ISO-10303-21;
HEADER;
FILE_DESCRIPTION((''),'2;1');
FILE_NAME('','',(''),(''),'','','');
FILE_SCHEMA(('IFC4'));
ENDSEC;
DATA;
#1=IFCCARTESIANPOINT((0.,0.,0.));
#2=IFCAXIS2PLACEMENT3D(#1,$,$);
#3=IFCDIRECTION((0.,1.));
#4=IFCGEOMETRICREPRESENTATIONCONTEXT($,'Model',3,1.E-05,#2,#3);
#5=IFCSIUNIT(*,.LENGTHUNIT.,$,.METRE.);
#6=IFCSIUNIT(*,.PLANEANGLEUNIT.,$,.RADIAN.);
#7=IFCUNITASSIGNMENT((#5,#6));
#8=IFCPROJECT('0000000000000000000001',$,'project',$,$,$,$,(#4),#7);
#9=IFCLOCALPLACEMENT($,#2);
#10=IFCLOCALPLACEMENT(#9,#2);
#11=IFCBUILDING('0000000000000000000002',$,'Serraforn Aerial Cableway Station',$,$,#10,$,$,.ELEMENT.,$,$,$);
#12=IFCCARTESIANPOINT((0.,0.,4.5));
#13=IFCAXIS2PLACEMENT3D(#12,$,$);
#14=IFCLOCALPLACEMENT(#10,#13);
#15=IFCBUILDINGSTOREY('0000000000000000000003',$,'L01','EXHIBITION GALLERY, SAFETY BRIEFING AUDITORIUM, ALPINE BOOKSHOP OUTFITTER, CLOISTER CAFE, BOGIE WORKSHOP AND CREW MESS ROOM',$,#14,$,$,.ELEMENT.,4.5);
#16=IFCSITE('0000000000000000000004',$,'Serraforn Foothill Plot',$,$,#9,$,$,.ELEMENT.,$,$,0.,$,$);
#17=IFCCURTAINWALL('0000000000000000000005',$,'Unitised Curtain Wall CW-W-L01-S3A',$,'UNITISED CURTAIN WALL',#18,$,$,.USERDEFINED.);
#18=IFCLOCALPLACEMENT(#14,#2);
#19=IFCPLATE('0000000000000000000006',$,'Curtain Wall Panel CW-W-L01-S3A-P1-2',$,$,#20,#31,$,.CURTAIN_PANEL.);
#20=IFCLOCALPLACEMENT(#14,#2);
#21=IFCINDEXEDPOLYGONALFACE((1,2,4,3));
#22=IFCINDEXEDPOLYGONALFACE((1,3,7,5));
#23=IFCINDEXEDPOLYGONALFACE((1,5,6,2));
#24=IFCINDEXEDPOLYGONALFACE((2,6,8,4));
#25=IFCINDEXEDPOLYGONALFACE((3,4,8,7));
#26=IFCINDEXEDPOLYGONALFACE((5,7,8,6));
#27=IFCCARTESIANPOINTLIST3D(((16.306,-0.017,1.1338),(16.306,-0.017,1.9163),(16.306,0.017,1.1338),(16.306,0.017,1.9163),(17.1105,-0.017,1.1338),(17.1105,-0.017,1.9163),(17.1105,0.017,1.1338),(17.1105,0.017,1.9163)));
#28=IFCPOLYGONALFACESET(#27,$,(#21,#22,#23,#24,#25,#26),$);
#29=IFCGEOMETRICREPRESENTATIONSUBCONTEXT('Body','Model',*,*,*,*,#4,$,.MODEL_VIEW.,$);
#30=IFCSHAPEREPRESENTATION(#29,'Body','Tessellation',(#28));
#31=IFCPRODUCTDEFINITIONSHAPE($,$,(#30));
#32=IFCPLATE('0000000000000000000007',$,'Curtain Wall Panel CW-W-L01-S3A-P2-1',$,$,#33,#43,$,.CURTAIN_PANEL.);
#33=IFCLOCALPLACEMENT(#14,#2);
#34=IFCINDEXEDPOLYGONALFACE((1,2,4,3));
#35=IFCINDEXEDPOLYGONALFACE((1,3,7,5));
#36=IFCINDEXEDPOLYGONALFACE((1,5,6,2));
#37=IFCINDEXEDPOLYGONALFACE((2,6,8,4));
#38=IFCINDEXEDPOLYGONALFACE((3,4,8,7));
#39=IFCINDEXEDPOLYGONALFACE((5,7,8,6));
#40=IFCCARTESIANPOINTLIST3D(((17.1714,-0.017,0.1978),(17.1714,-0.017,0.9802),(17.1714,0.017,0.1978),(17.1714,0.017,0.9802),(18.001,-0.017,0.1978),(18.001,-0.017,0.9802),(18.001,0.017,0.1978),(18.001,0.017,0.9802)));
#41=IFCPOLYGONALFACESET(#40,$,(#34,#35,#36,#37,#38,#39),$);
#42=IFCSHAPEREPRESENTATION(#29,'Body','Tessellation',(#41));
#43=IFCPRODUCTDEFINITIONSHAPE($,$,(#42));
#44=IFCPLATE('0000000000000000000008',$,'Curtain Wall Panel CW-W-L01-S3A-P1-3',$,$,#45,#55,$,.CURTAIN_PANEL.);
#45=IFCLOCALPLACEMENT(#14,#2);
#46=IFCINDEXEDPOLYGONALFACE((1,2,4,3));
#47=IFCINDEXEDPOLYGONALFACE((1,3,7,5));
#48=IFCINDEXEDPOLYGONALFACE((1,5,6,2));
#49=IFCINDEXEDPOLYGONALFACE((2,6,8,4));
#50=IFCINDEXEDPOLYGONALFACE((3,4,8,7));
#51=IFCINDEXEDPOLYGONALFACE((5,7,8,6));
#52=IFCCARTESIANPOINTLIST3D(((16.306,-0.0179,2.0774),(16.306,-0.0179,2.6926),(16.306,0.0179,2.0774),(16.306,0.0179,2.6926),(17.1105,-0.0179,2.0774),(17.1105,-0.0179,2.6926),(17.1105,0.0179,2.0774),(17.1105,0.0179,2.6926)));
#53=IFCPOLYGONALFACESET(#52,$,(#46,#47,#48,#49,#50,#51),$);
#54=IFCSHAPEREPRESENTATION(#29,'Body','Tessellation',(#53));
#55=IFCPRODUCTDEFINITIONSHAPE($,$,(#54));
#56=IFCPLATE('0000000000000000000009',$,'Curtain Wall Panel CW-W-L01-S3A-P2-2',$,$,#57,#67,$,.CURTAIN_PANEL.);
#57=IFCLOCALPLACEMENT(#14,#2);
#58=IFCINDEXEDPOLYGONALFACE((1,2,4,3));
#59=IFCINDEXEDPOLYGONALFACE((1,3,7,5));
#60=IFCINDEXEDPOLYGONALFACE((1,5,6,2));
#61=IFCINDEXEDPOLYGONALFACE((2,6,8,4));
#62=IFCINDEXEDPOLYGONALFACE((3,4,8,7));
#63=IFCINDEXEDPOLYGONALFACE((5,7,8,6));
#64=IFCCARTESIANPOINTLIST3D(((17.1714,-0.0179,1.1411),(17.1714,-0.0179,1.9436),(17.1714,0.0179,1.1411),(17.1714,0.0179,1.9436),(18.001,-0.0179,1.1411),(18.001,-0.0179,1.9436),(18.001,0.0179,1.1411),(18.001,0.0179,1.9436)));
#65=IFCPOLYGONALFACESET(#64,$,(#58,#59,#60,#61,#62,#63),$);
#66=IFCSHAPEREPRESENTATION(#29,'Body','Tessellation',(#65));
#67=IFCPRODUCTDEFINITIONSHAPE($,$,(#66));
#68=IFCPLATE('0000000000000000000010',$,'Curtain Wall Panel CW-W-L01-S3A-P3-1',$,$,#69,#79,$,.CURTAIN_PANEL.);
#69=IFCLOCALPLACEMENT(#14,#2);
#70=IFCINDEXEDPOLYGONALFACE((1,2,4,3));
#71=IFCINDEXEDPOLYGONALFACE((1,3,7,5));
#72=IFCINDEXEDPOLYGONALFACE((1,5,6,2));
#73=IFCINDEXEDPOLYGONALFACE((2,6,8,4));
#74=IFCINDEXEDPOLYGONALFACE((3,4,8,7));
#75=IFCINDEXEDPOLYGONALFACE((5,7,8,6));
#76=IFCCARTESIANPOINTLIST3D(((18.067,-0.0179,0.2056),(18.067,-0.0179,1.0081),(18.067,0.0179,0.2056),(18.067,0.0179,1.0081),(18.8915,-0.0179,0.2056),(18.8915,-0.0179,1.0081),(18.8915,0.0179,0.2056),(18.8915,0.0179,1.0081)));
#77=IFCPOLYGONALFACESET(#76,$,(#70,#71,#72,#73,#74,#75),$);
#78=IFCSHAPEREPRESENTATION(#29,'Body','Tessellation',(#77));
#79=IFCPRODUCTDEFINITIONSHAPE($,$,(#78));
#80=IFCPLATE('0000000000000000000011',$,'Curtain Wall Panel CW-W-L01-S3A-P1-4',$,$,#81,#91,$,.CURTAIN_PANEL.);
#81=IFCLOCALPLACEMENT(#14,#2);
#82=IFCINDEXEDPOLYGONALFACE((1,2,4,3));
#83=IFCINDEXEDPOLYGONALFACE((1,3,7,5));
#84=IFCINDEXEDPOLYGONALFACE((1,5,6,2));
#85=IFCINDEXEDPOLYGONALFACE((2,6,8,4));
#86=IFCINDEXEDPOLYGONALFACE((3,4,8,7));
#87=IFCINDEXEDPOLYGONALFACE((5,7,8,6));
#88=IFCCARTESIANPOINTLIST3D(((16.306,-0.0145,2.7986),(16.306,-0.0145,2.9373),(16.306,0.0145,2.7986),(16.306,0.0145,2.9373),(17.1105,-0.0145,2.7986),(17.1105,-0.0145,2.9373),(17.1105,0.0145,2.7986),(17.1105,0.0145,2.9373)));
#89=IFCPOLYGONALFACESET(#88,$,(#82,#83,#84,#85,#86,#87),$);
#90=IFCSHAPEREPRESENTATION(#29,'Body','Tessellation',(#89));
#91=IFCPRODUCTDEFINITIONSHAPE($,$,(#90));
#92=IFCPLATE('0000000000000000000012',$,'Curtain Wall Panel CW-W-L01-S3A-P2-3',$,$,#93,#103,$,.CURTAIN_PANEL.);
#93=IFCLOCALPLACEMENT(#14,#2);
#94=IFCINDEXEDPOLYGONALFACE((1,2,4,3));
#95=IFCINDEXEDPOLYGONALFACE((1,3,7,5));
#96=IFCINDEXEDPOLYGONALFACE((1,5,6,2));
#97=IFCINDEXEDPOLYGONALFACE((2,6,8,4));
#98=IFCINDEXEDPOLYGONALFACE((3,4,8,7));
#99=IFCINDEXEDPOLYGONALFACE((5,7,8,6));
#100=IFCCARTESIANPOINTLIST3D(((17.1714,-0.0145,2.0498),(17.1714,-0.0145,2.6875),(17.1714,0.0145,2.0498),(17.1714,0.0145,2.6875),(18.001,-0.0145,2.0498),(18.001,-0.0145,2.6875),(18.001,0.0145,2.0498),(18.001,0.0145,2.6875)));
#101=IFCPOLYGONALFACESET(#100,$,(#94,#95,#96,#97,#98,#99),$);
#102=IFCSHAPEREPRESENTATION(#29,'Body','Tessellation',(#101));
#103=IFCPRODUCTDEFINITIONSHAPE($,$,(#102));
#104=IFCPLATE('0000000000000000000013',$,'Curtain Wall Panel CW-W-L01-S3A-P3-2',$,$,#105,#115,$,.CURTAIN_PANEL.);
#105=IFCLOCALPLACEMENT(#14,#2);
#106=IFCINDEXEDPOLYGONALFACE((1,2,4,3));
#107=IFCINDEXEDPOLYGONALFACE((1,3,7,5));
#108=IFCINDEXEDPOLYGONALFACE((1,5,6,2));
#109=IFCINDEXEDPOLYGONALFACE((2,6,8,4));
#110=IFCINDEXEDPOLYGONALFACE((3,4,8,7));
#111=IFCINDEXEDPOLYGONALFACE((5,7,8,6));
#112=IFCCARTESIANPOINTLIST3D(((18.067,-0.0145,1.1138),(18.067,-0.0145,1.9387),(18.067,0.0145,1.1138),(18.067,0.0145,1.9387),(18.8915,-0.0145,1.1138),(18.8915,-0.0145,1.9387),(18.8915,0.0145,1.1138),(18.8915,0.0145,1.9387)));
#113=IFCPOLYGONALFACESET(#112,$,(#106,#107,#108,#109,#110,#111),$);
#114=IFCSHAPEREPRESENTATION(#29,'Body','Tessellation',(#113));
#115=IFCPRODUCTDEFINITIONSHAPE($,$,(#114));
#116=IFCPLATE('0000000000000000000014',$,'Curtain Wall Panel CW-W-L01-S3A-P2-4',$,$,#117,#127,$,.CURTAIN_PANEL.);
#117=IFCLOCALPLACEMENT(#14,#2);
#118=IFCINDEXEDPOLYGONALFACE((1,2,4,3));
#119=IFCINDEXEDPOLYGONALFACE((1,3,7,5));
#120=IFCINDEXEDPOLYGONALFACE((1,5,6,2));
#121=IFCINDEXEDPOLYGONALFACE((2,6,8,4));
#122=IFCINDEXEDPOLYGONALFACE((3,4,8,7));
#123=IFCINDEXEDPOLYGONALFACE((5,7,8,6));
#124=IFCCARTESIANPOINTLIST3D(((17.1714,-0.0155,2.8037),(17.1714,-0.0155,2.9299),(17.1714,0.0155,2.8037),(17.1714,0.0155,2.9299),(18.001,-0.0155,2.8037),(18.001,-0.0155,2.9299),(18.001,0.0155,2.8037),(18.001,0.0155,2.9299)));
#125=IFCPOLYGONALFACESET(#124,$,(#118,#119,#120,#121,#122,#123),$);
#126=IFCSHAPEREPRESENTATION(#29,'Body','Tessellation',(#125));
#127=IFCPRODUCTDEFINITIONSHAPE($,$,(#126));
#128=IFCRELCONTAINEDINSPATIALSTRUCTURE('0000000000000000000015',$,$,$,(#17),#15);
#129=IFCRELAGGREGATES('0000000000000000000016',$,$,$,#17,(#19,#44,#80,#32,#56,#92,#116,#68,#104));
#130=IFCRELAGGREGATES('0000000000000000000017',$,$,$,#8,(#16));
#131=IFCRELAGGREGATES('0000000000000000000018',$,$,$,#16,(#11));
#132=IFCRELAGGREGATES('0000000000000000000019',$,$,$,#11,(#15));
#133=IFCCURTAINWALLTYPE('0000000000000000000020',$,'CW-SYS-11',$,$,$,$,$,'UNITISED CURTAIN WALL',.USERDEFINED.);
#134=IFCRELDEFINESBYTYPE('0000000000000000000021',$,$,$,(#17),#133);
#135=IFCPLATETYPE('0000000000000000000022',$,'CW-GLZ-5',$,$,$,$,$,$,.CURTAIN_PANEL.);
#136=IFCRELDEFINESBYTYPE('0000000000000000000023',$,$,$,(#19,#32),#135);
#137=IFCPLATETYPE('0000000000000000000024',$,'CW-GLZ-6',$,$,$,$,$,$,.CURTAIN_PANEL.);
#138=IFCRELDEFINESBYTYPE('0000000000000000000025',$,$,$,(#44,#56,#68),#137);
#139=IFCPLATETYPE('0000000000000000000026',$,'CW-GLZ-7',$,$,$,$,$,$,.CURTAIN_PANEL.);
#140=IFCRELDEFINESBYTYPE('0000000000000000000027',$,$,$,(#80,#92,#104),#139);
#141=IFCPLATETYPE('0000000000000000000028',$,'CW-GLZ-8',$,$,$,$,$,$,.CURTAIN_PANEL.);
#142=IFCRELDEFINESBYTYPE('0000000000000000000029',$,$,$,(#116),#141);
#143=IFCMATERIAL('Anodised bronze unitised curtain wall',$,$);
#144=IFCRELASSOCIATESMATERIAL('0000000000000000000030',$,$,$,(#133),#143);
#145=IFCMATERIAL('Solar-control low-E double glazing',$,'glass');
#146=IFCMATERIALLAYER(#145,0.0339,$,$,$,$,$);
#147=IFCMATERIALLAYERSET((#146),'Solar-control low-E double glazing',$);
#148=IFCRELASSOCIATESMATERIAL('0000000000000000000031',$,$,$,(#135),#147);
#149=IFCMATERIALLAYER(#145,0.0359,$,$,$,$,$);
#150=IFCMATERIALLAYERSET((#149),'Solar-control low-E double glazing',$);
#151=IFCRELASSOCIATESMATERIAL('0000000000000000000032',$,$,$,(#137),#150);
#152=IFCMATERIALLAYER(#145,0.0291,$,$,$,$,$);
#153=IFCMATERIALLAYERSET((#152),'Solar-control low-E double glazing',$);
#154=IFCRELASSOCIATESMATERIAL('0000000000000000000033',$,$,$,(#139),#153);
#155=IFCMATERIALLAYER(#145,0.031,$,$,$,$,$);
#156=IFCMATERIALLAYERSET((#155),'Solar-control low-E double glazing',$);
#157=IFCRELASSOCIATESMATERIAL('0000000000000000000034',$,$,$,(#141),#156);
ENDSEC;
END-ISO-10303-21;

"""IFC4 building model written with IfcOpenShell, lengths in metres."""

from ifc_helpers import new_model, si_unit, direction, frame, origin, origin_2d, place, context, subcontext, project, spatial, rectangle, extrude, material, layer, layer_set, type_object, element, aggregate, save


model = new_model("IFC4")

# Units and contexts
model_context = context("Model", 3, precision=1e-05, world=origin(), true_north=direction((0.0, 1.0)))
body_context = subcontext(model_context, "Body", "Model", "MODEL_VIEW")
ifc_project = project(units=[si_unit("LENGTHUNIT", "METRE"), si_unit("PLANEANGLEUNIT", "RADIAN")], contexts=[model_context])

# Site, building, storey
site_placement = place(None, origin())
site = spatial("IfcSite", under=ifc_project, at=site_placement, Name="Serraforn Foothill Plot", CompositionType="ELEMENT", RefElevation=0.0)
building_placement = place(site_placement, origin())
building = spatial("IfcBuilding", under=site, at=building_placement, Name="Serraforn Aerial Cableway Station", CompositionType="ELEMENT")
storey_placement = place(building_placement, frame((0.0, 0.0, 4.5)))
storey = spatial("IfcBuildingStorey", under=building, at=storey_placement, Name="L01", Description="EXHIBITION GALLERY, SAFETY BRIEFING AUDITORIUM, ALPINE BOOKSHOP OUTFITTER, CLOISTER CAFE, BOGIE WORKSHOP AND CREW MESS ROOM", CompositionType="ELEMENT", Elevation=4.5)

# Curtain wall, plates
ifc_material_1 = material(Name="Anodised bronze unitised curtain wall")
curtain_wall_type = type_object("IfcCurtainWallType", Name="CW-SYS-11", ElementType="UNITISED CURTAIN WALL", PredefinedType="USERDEFINED", material=ifc_material_1)
curtain_wall_placement = place(storey_placement, origin())
curtain_wall = element("IfcCurtainWall", 1, at=curtain_wall_placement, inside=storey, type_object=curtain_wall_type, Name="Unitised Curtain Wall CW-W-L01-S3A", ObjectType="UNITISED CURTAIN WALL", PredefinedType="USERDEFINED")
ifc_material_2 = material(Name="Solar-control low-E double glazing", Category="glass")
ifc_layer_1 = layer(ifc_material_2, 0.0339)
ifc_layer_set_1 = layer_set([ifc_layer_1], Name="Solar-control low-E double glazing")
plate_type_1 = type_object("IfcPlateType", Name="CW-GLZ-5", PredefinedType="CURTAIN_PANEL", material=ifc_layer_set_1)
plate_1_placement = place(storey_placement, frame((16.7083, 0.0, 1.1338), z_axis=(0.0, 0.0, 1.0), x_axis=(1.0, 0.0, 0.0)))
plate_1 = element("IfcPlate", 2, at=plate_1_placement, type_object=plate_type_1, Name="Curtain Wall Panel CW-W-L01-S3A-P1-2", PredefinedType="CURTAIN_PANEL", context=body_context, shape_type="SweptSolid", body=[
    extrude(rectangle(XDim=0.8044, YDim=0.0339, at=origin_2d()), origin(), (0.0, 0.0, 1.0), 0.7825),
])
plate_2_placement = place(storey_placement, frame((17.5862, 0.0, 0.1978), z_axis=(0.0, 0.0, 1.0), x_axis=(1.0, 0.0, 0.0)))
plate_2 = element("IfcPlate", 3, at=plate_2_placement, type_object=plate_type_1, Name="Curtain Wall Panel CW-W-L01-S3A-P2-1", PredefinedType="CURTAIN_PANEL", context=body_context, shape_type="SweptSolid", body=[
    extrude(rectangle(XDim=0.8296, YDim=0.0339, at=origin_2d()), origin(), (0.0, 0.0, 1.0), 0.7825),
])
ifc_layer_2 = layer(ifc_material_2, 0.0359)
ifc_layer_set_2 = layer_set([ifc_layer_2], Name="Solar-control low-E double glazing")
plate_type_2 = type_object("IfcPlateType", Name="CW-GLZ-6", PredefinedType="CURTAIN_PANEL", material=ifc_layer_set_2)
plate_3_placement = place(storey_placement, frame((16.7083, 0.0, 2.0774), z_axis=(0.0, 0.0, 1.0), x_axis=(1.0, 0.0, 0.0)))
plate_3 = element("IfcPlate", 4, at=plate_3_placement, type_object=plate_type_2, Name="Curtain Wall Panel CW-W-L01-S3A-P1-3", PredefinedType="CURTAIN_PANEL", context=body_context, shape_type="SweptSolid", body=[
    extrude(rectangle(XDim=0.8044, YDim=0.0359, at=origin_2d()), origin(), (0.0, 0.0, 1.0), 0.6152),
])
plate_4_placement = place(storey_placement, frame((17.5862, 0.0, 1.1411), z_axis=(0.0, 0.0, 1.0), x_axis=(1.0, 0.0, 0.0)))
plate_4 = element("IfcPlate", 5, at=plate_4_placement, type_object=plate_type_2, Name="Curtain Wall Panel CW-W-L01-S3A-P2-2", PredefinedType="CURTAIN_PANEL", context=body_context, shape_type="SweptSolid", body=[
    extrude(rectangle(XDim=0.8296, YDim=0.0359, at=origin_2d()), origin(), (0.0, 0.0, 1.0), 0.8025),
])
plate_5_placement = place(storey_placement, frame((18.4792, 0.0, 0.2056), z_axis=(0.0, 0.0, 1.0), x_axis=(1.0, 0.0, 0.0)))
plate_5 = element("IfcPlate", 6, at=plate_5_placement, type_object=plate_type_2, Name="Curtain Wall Panel CW-W-L01-S3A-P3-1", PredefinedType="CURTAIN_PANEL", context=body_context, shape_type="SweptSolid", body=[
    extrude(rectangle(XDim=0.8245, YDim=0.0359, at=origin_2d()), origin(), (0.0, 0.0, 1.0), 0.8025),
])
ifc_layer_3 = layer(ifc_material_2, 0.0291)
ifc_layer_set_3 = layer_set([ifc_layer_3], Name="Solar-control low-E double glazing")
plate_type_3 = type_object("IfcPlateType", Name="CW-GLZ-7", PredefinedType="CURTAIN_PANEL", material=ifc_layer_set_3)
plate_6_placement = place(storey_placement, frame((16.7083, 0.0, 2.7986), z_axis=(0.0, 0.0, 1.0), x_axis=(1.0, 0.0, 0.0)))
plate_6 = element("IfcPlate", 7, at=plate_6_placement, type_object=plate_type_3, Name="Curtain Wall Panel CW-W-L01-S3A-P1-4", PredefinedType="CURTAIN_PANEL", context=body_context, shape_type="SweptSolid", body=[
    extrude(rectangle(XDim=0.8044, YDim=0.0291, at=origin_2d()), origin(), (0.0, 0.0, 1.0), 0.1387),
])
plate_7_placement = place(storey_placement, frame((17.5862, 0.0, 2.0498), z_axis=(0.0, 0.0, 1.0), x_axis=(1.0, 0.0, 0.0)))
plate_7 = element("IfcPlate", 8, at=plate_7_placement, type_object=plate_type_3, Name="Curtain Wall Panel CW-W-L01-S3A-P2-3", PredefinedType="CURTAIN_PANEL", context=body_context, shape_type="SweptSolid", body=[
    extrude(rectangle(XDim=0.8296, YDim=0.0291, at=origin_2d()), origin(), (0.0, 0.0, 1.0), 0.6377),
])
plate_8_placement = place(storey_placement, frame((18.4792, 0.0, 1.1138), z_axis=(0.0, 0.0, 1.0), x_axis=(1.0, 0.0, 0.0)))
plate_8 = element("IfcPlate", 9, at=plate_8_placement, type_object=plate_type_3, Name="Curtain Wall Panel CW-W-L01-S3A-P3-2", PredefinedType="CURTAIN_PANEL", context=body_context, shape_type="SweptSolid", body=[
    extrude(rectangle(XDim=0.8245, YDim=0.0291, at=origin_2d()), origin(), (0.0, 0.0, 1.0), 0.825),
])
ifc_layer_4 = layer(ifc_material_2, 0.031)
ifc_layer_set_4 = layer_set([ifc_layer_4], Name="Solar-control low-E double glazing")
plate_type_4 = type_object("IfcPlateType", Name="CW-GLZ-8", PredefinedType="CURTAIN_PANEL", material=ifc_layer_set_4)
plate_9_placement = place(storey_placement, frame((17.5862, 0.0, 2.8037), z_axis=(0.0, 0.0, 1.0), x_axis=(1.0, 0.0, 0.0)))
plate_9 = element("IfcPlate", 10, at=plate_9_placement, type_object=plate_type_4, Name="Curtain Wall Panel CW-W-L01-S3A-P2-4", PredefinedType="CURTAIN_PANEL", context=body_context, shape_type="SweptSolid", body=[
    extrude(rectangle(XDim=0.8296, YDim=0.031, at=origin_2d()), origin(), (0.0, 0.0, 1.0), 0.1262),
])
aggregate(curtain_wall, [plate_1, plate_3, plate_6, plate_2, plate_4, plate_7, plate_9, plate_5, plate_8])

save(model, "model.ifc")
